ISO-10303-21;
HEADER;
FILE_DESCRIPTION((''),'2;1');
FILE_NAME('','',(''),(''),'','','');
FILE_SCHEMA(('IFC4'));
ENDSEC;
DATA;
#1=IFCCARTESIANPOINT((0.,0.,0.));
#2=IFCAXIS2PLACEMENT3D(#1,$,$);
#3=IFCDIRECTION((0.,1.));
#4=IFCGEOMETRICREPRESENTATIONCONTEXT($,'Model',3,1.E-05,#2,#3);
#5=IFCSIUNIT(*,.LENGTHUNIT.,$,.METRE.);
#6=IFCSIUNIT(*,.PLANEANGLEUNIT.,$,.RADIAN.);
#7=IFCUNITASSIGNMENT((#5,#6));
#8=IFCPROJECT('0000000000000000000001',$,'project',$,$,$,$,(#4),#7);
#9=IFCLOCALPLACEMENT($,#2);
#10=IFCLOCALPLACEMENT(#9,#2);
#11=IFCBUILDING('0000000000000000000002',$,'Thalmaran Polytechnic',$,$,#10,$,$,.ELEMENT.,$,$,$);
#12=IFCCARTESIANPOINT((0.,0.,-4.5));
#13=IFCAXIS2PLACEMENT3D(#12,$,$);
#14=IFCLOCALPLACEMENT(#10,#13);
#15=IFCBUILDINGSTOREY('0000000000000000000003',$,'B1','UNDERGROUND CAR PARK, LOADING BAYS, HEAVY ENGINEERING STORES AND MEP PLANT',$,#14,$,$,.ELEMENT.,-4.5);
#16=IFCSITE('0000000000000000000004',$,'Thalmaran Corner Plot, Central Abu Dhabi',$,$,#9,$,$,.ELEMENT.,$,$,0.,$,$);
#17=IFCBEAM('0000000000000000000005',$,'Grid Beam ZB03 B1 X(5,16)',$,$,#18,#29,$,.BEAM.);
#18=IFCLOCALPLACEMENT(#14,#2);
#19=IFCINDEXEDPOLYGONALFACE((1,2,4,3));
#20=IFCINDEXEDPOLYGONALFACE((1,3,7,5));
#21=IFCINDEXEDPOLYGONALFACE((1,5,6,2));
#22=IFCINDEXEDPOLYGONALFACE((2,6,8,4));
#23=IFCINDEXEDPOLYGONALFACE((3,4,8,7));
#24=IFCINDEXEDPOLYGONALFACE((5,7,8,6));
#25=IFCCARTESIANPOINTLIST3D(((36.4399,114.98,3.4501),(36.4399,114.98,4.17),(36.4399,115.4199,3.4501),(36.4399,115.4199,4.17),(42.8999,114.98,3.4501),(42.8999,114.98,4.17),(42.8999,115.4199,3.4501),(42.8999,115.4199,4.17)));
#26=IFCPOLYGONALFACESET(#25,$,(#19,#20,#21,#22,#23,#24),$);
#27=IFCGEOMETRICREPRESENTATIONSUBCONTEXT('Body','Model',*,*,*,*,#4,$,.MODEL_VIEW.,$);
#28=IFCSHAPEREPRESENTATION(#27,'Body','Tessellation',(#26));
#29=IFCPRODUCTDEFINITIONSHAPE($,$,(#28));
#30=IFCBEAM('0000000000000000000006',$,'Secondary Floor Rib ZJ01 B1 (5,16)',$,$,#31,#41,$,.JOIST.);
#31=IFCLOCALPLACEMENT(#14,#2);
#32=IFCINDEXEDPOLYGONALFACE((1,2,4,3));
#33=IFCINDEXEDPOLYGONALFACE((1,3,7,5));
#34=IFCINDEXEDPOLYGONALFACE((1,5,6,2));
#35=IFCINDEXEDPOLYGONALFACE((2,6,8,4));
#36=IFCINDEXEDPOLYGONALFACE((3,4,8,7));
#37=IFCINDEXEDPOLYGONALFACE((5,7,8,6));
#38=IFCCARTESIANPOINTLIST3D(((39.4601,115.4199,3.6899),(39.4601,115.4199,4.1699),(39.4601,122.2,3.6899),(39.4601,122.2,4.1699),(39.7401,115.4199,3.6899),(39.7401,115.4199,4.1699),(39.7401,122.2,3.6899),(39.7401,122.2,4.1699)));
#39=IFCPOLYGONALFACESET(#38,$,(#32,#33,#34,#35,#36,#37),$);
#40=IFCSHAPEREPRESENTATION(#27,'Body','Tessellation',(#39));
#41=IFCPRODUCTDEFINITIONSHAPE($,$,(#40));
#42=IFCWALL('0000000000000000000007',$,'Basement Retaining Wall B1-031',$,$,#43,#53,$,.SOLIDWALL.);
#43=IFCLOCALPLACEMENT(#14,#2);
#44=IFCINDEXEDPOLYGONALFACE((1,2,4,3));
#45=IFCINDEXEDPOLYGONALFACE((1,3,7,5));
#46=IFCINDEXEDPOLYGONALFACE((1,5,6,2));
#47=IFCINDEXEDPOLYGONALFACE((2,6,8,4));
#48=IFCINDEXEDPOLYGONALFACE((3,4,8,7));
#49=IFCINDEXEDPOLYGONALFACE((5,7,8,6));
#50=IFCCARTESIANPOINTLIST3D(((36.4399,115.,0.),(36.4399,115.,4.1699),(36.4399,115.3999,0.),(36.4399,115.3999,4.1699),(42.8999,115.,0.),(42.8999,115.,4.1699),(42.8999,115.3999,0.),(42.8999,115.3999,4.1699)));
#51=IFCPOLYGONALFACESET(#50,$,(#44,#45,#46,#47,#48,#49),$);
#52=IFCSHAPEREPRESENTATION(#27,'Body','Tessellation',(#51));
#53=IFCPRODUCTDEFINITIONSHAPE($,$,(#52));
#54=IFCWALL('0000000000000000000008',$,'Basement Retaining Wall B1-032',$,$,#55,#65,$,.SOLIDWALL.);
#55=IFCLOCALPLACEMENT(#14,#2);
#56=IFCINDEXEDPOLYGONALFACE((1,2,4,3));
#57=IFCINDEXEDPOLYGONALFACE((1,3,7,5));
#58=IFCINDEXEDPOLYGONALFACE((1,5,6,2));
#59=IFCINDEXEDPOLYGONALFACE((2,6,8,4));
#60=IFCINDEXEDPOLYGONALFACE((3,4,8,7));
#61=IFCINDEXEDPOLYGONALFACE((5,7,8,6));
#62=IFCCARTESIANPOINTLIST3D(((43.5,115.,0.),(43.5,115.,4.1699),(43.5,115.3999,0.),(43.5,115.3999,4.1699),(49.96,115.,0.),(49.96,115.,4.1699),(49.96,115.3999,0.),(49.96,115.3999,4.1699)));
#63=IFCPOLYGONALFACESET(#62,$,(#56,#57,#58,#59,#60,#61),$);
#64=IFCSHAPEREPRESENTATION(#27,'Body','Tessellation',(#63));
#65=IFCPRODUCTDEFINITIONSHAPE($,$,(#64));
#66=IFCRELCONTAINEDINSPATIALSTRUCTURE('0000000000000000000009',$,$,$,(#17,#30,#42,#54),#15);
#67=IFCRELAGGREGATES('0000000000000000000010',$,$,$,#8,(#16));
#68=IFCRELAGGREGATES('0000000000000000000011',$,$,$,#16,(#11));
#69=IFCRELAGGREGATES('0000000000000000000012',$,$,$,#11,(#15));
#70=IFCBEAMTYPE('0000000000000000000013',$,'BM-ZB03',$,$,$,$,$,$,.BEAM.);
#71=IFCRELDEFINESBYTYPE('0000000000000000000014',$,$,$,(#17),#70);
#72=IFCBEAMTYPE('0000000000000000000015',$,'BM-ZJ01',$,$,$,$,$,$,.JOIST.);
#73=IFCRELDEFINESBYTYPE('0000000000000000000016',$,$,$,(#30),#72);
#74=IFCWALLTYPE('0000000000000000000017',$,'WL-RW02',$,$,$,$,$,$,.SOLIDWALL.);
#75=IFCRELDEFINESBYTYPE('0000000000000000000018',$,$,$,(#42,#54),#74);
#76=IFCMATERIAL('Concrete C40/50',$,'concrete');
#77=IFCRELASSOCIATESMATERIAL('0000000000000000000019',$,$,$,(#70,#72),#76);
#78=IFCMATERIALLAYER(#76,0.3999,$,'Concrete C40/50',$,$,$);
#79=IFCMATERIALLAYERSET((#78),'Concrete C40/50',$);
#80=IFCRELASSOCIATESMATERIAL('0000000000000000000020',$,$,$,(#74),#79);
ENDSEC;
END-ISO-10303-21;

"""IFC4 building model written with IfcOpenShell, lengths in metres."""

from ifc_helpers import new_model, si_unit, direction, frame, frame_2d, origin, origin_2d, place, context, subcontext, project, spatial, rectangle, extrude, material, layer, layer_set, material_profile, profile_set, type_object, element, save


model = new_model("IFC4")

# Units and contexts
model_context = context("Model", 3, precision=1e-05, world=origin(), true_north=direction((0.0, 1.0)))
body_context = subcontext(model_context, "Body", "Model", "MODEL_VIEW")
ifc_project = project(units=[si_unit("LENGTHUNIT", "METRE"), si_unit("PLANEANGLEUNIT", "RADIAN")], contexts=[model_context])

# Site, building, storey
site_placement = place(None, origin())
site = spatial("IfcSite", under=ifc_project, at=site_placement, Name="Thalmaran Corner Plot, Central Abu Dhabi", CompositionType="ELEMENT", RefElevation=0.0)
building_placement = place(site_placement, origin())
building = spatial("IfcBuilding", under=site, at=building_placement, Name="Thalmaran Polytechnic", CompositionType="ELEMENT")
storey_placement = place(building_placement, frame((0.0, 0.0, -4.5)))
storey = spatial("IfcBuildingStorey", under=building, at=storey_placement, Name="B1", Description="UNDERGROUND CAR PARK, LOADING BAYS, HEAVY ENGINEERING STORES AND MEP PLANT", CompositionType="ELEMENT", Elevation=-4.5)

# Shared definitions
ifc_material_1 = material(Name="Concrete C40/50", Category="concrete")

# Beams
ifc_material_profile_1 = material_profile(ifc_material_1, rectangle(XDim=0.4399, YDim=0.72, at=origin_2d()), Name="RC 440x720")
ifc_profile_set_1 = profile_set([ifc_material_profile_1], Name="Concrete C40/50")
beam_type_1 = type_object("IfcBeamType", Name="BM-ZB03", PredefinedType="BEAM", material=ifc_profile_set_1)
beam_1_placement = place(storey_placement, frame((36.4399, 115.2, 3.8101), z_axis=(1.0, 0.0, 0.0), x_axis=(0.0, 1.0, 0.0)))
element("IfcBeam", 1, at=beam_1_placement, inside=storey, type_object=beam_type_1, Name="Grid Beam ZB03 B1 X(5,16)", PredefinedType="BEAM", context=body_context, shape_type="SweptSolid", body=[
    extrude(rectangle(XDim=0.4399, YDim=0.72, at=origin_2d()), origin(), (0.0, 0.0, 1.0), 6.46),
])
ifc_material_profile_2 = material_profile(ifc_material_1, rectangle(XDim=0.28, YDim=0.48, at=origin_2d()), Name="RC 280x480")
ifc_profile_set_2 = profile_set([ifc_material_profile_2], Name="Concrete C40/50")
beam_type_2 = type_object("IfcBeamType", Name="BM-ZJ01", PredefinedType="JOIST", material=ifc_profile_set_2)
beam_2_placement = place(storey_placement, frame((39.6001, 115.4199, 3.9299), z_axis=(0.0, 1.0, 0.0), x_axis=(-1.0, 0.0, 0.0)))
element("IfcBeam", 2, at=beam_2_placement, inside=storey, type_object=beam_type_2, Name="Secondary Floor Rib ZJ01 B1 (5,16)", PredefinedType="JOIST", context=body_context, shape_type="SweptSolid", body=[
    extrude(rectangle(XDim=0.28, YDim=0.48, at=origin_2d()), origin(), (0.0, 0.0, 1.0), 6.78),
])

# Walls
ifc_layer = layer(ifc_material_1, 0.3999, Name="Concrete C40/50")
ifc_layer_set = layer_set([ifc_layer], Name="Concrete C40/50")
wall_type = type_object("IfcWallType", Name="WL-RW02", PredefinedType="SOLIDWALL", material=ifc_layer_set)
for number, where, z_axis, x_axis, name in (
    (3, (36.4399, 115.2, 0.0), (0.0, 0.0, 1.0), (1.0, 0.0, 0.0), "Basement Retaining Wall B1-031"),
    (4, (43.5, 115.2, 0.0), (0.0, 0.0, 1.0), (1.0, 0.0, 0.0), "Basement Retaining Wall B1-032"),
):
    element("IfcWall", number, at=place(storey_placement, frame(where, z_axis=z_axis, x_axis=x_axis)), inside=storey, type_object=wall_type, Name=name, PredefinedType="SOLIDWALL", context=body_context, shape_type="SweptSolid", body=[
        extrude(rectangle(XDim=6.46, YDim=0.3999, at=frame_2d((3.23, 0.0))), origin(), (0.0, 0.0, 1.0), 4.1699),
    ])

save(model, "model.ifc")
